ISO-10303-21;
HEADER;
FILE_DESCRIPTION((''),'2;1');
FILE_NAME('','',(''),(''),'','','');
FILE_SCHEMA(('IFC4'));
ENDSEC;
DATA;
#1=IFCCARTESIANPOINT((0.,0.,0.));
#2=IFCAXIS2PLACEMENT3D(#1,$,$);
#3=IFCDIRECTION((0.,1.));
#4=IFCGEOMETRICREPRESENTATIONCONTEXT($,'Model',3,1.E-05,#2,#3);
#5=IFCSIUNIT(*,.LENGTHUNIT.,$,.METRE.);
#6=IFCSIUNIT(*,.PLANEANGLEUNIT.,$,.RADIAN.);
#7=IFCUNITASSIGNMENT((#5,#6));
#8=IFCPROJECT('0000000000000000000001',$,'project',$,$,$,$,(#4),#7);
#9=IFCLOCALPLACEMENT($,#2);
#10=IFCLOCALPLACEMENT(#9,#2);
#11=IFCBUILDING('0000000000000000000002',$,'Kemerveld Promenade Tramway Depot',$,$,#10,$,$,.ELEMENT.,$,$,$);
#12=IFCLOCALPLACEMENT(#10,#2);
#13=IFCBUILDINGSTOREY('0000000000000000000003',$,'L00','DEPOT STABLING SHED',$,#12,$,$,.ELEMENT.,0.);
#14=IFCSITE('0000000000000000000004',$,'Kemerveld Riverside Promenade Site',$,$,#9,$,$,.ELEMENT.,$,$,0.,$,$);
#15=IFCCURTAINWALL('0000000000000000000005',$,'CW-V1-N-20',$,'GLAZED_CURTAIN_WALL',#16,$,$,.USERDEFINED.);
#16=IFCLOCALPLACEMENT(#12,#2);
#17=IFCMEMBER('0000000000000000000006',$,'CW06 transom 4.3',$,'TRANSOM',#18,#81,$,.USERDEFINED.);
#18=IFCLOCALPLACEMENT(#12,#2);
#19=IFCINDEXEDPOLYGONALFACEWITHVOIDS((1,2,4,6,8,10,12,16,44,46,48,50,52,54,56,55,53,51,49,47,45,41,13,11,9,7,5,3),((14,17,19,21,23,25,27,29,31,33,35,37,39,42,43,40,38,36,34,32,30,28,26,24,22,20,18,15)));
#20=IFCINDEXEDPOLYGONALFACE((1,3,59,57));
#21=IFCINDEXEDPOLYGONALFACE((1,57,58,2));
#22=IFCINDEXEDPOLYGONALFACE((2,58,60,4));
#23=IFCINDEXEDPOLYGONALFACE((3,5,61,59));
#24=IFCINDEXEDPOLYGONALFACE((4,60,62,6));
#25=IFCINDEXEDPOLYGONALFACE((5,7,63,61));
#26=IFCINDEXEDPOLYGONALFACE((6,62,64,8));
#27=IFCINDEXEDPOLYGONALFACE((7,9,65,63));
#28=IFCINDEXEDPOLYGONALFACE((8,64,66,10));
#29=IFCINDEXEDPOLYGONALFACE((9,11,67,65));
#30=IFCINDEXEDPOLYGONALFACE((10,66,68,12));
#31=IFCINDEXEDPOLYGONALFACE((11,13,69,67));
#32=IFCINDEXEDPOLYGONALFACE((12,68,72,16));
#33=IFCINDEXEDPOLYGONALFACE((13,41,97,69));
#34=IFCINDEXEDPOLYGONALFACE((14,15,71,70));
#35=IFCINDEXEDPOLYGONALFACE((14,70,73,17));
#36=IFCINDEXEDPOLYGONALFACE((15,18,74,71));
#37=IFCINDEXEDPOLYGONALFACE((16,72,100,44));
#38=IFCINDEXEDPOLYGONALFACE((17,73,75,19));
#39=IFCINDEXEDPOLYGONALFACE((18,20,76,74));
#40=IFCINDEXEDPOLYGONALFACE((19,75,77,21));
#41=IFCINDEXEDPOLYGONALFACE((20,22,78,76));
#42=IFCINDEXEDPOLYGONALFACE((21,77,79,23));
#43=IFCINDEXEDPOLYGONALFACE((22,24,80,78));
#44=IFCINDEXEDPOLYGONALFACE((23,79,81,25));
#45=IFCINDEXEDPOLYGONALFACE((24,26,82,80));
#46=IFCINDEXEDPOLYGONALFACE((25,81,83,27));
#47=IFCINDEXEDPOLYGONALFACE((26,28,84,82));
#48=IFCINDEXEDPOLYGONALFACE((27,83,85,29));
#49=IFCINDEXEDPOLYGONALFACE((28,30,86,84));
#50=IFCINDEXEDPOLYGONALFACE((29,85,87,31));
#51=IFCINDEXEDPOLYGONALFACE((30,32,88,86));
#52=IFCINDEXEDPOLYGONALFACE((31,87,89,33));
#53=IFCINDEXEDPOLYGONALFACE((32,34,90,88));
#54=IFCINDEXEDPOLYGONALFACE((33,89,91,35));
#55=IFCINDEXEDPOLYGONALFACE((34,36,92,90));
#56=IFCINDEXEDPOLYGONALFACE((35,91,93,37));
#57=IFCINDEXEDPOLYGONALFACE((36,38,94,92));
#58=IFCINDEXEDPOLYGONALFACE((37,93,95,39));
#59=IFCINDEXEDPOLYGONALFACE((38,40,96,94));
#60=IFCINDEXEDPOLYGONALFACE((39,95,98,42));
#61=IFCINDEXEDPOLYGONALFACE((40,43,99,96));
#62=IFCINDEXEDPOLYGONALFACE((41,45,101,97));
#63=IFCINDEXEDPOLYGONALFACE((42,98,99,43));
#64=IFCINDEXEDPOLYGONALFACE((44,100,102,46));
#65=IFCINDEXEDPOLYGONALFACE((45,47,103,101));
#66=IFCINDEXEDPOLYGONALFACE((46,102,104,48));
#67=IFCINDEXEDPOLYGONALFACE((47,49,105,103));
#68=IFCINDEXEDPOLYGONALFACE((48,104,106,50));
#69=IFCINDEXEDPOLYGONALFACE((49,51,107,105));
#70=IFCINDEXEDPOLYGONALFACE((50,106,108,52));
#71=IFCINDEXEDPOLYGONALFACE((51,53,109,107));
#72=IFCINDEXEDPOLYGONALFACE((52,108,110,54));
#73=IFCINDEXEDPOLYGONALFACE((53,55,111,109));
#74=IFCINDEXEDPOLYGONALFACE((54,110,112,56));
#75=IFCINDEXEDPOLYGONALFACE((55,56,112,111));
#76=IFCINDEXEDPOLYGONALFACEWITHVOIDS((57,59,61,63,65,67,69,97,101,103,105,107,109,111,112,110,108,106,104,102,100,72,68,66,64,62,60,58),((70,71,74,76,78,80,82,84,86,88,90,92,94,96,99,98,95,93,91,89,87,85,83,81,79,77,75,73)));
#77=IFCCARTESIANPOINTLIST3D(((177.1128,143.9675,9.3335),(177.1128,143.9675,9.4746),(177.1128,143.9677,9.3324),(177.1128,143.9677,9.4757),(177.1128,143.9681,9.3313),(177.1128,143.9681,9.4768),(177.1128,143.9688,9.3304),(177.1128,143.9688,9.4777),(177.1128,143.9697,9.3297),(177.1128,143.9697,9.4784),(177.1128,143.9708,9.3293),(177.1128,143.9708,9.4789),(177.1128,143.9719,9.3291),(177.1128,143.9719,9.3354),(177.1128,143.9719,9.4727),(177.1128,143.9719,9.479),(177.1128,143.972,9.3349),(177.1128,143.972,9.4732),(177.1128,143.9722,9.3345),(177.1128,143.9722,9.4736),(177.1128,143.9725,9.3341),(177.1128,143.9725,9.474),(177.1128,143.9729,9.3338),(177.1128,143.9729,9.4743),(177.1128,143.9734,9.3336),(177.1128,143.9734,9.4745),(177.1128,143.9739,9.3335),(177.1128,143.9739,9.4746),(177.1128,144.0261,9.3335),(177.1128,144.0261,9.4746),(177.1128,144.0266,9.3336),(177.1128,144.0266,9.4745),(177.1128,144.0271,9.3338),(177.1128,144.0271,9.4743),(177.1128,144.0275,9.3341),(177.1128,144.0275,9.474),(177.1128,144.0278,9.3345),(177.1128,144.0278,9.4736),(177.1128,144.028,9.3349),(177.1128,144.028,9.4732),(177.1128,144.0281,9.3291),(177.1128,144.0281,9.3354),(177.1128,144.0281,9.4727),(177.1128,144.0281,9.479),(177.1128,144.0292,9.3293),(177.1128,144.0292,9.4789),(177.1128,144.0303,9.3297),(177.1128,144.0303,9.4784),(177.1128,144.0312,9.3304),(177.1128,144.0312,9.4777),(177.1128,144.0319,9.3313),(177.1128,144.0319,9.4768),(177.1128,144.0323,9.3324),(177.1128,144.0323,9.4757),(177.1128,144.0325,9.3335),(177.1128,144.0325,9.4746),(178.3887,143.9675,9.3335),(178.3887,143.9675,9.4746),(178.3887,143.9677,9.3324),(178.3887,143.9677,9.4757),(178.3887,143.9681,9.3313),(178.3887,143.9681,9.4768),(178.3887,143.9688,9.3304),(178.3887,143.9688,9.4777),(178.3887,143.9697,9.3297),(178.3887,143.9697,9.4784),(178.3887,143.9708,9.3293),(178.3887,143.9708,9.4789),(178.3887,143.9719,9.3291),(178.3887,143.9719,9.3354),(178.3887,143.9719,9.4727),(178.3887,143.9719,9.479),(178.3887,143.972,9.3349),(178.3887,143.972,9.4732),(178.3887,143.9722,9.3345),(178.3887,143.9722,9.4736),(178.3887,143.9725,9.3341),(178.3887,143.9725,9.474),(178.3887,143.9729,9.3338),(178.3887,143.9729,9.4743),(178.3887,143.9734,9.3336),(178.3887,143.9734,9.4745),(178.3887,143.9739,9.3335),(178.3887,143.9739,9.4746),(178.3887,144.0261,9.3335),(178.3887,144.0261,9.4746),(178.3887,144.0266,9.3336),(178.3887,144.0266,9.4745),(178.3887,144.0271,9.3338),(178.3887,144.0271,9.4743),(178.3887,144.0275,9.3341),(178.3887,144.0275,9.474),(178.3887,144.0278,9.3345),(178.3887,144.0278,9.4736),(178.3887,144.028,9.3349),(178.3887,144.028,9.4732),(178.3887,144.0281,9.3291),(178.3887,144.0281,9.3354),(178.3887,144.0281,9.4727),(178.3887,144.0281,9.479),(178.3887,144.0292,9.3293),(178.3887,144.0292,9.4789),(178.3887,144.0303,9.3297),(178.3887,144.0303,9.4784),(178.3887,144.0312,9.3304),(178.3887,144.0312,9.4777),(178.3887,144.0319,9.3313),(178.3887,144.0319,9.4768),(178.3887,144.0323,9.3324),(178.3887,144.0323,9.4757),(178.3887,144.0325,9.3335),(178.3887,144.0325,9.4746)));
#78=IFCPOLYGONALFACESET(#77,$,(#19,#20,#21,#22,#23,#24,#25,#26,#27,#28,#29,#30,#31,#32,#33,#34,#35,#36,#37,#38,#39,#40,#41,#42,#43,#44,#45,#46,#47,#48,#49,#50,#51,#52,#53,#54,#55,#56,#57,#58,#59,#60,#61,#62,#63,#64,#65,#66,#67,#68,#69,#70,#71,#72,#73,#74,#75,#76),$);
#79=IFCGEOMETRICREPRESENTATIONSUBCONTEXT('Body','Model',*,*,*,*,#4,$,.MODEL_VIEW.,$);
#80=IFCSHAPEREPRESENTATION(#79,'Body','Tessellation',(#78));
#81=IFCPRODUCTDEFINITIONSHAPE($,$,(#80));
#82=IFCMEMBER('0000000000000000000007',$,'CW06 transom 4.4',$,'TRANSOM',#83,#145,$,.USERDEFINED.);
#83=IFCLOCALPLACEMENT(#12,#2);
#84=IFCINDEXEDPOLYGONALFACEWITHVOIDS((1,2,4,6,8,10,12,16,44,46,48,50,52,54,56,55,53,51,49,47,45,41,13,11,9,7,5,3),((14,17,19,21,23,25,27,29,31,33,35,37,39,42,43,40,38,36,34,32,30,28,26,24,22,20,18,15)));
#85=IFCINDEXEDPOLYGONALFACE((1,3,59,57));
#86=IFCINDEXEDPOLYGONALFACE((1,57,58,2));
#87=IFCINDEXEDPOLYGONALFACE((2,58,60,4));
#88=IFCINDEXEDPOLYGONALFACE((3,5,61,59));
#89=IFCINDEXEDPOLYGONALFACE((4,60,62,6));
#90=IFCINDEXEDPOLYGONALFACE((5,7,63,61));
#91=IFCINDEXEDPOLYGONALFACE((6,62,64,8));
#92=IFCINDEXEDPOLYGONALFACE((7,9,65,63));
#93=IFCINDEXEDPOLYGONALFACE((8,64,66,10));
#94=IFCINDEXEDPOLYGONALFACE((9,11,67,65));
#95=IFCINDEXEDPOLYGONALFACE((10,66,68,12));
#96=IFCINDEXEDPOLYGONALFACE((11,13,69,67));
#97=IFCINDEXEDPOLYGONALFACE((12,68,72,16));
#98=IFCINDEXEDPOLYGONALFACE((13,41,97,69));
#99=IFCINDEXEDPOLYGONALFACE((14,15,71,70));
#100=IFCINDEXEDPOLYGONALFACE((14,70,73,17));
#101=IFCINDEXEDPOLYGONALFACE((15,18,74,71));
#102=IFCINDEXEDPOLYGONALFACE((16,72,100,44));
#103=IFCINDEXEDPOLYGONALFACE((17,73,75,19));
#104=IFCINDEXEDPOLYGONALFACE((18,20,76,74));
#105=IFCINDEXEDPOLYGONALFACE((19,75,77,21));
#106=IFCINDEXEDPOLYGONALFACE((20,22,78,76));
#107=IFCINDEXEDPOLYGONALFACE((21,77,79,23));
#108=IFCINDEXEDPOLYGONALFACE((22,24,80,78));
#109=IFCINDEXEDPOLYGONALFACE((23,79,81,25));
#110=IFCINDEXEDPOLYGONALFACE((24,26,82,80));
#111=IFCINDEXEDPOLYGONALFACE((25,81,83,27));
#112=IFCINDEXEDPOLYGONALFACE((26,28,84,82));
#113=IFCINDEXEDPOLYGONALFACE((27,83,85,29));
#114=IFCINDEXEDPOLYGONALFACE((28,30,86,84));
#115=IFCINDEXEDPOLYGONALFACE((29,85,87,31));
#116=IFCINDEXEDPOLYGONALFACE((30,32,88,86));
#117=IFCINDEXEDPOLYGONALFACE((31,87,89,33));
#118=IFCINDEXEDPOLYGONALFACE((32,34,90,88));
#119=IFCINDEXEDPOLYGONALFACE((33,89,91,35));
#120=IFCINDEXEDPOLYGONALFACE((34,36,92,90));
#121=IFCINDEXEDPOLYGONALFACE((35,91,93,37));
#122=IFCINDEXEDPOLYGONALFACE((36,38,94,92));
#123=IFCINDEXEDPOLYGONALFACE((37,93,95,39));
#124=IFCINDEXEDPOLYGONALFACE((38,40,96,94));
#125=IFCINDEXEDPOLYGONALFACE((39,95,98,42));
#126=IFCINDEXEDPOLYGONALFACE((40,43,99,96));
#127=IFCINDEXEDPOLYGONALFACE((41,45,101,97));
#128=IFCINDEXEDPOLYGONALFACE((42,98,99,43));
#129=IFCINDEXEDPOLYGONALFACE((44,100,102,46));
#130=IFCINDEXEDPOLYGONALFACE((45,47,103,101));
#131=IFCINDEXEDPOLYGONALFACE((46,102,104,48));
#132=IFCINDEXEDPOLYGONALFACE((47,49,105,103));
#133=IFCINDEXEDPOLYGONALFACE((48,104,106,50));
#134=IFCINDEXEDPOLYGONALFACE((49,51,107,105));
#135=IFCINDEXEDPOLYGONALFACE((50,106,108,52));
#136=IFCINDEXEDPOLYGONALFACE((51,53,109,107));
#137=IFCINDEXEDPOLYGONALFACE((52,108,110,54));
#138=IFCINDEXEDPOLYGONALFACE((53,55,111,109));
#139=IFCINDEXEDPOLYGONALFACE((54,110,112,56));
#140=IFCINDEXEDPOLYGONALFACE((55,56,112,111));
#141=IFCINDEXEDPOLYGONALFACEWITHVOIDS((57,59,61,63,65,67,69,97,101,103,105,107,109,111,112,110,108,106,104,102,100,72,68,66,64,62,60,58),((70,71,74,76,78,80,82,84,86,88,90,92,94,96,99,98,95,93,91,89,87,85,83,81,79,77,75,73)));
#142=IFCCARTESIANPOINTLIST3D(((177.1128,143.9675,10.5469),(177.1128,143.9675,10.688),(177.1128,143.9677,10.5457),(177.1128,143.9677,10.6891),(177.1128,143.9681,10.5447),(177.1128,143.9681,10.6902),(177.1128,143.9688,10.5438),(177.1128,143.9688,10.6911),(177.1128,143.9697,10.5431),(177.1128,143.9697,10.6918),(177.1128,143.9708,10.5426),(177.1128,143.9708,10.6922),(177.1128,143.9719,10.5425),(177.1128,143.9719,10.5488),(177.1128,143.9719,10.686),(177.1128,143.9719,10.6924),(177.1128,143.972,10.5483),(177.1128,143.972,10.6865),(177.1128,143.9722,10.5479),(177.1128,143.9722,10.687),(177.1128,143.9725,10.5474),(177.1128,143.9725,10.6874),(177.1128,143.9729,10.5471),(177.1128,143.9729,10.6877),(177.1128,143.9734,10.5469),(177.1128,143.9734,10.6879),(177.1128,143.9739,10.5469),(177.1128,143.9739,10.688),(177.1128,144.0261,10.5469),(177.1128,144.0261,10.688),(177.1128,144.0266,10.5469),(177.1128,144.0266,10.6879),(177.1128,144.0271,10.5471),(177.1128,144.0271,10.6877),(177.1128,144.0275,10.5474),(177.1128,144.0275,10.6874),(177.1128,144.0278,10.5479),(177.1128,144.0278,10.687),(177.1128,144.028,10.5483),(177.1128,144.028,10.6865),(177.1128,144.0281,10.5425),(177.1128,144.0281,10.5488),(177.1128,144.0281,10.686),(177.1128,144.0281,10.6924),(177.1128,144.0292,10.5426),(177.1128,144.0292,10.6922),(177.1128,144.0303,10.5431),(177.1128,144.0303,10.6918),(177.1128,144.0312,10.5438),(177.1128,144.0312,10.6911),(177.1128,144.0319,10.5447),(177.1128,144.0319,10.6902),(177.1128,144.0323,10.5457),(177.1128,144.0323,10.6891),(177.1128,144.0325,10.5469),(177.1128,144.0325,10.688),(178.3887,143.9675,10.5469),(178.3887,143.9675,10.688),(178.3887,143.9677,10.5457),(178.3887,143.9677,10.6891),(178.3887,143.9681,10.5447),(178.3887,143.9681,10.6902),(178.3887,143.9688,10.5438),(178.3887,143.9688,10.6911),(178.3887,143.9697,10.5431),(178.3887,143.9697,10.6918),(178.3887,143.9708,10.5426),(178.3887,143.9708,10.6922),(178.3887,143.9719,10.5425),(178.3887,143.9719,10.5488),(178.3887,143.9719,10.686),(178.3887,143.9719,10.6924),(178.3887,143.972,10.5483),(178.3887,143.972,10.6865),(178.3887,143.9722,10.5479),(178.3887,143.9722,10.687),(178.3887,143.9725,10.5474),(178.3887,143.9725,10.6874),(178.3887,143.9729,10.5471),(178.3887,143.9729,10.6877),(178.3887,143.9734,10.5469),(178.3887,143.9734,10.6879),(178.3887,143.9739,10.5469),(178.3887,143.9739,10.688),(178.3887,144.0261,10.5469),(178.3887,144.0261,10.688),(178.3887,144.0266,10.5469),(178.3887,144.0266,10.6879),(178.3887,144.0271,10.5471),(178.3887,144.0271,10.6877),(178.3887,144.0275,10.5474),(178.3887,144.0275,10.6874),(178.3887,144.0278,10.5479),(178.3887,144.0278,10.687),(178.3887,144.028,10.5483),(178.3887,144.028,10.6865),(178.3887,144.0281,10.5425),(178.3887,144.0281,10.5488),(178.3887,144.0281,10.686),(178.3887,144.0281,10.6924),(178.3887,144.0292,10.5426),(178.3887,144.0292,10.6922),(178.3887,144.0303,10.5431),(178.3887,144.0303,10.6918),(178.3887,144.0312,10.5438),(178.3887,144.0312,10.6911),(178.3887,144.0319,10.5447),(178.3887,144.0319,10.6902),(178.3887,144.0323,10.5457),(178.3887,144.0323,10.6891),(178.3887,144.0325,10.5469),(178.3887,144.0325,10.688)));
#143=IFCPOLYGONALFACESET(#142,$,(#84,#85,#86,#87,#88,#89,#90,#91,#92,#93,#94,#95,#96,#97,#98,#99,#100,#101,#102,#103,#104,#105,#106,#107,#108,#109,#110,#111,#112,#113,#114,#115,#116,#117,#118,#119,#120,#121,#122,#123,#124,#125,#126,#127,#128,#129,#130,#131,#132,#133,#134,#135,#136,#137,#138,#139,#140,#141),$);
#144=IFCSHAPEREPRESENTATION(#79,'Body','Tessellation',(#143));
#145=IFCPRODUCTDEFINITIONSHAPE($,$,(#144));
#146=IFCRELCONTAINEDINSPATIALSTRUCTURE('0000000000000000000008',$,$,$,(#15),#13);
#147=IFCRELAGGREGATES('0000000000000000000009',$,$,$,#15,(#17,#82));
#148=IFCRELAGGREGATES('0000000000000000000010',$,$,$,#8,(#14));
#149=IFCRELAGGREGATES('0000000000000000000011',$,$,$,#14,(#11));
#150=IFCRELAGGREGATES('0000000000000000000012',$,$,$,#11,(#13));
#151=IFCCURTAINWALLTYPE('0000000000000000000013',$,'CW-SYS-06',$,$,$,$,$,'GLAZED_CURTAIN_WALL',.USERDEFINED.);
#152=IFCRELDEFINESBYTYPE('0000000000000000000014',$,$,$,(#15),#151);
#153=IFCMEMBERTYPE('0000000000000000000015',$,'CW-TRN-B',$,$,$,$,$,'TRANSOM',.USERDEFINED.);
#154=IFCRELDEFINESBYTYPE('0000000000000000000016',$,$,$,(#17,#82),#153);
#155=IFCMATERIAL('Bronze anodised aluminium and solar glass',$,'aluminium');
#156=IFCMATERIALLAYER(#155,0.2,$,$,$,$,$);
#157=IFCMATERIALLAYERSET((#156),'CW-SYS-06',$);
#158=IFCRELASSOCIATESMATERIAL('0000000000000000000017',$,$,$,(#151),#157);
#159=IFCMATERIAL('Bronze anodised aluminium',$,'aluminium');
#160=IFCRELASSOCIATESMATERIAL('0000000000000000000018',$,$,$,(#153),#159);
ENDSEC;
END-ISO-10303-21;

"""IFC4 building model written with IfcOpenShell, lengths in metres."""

from ifc_helpers import new_model, si_unit, direction, frame, origin, origin_2d, place, context, subcontext, project, spatial, hollow_rectangle, extrude, material, layer, layer_set, material_profile, profile_set, type_object, element, aggregate, save


model = new_model("IFC4")

# Units and contexts
model_context = context("Model", 3, precision=1e-05, world=origin(), true_north=direction((0.0, 1.0)))
body_context = subcontext(model_context, "Body", "Model", "MODEL_VIEW")
ifc_project = project(units=[si_unit("LENGTHUNIT", "METRE"), si_unit("PLANEANGLEUNIT", "RADIAN")], contexts=[model_context])

# Site, building, storey
site_placement = place(None, origin())
site = spatial("IfcSite", under=ifc_project, at=site_placement, Name="Kemerveld Riverside Promenade Site", CompositionType="ELEMENT", RefElevation=0.0)
building_placement = place(site_placement, origin())
building = spatial("IfcBuilding", under=site, at=building_placement, Name="Kemerveld Promenade Tramway Depot", CompositionType="ELEMENT")
storey_placement = place(building_placement, origin())
storey = spatial("IfcBuildingStorey", under=building, at=storey_placement, Name="L00", Description="DEPOT STABLING SHED", CompositionType="ELEMENT", Elevation=0.0)

# Curtain wall, members
ifc_material_1 = material(Name="Bronze anodised aluminium and solar glass", Category="aluminium")
ifc_material_2 = material(Name="Bronze anodised aluminium", Category="aluminium")
ifc_layer_1 = layer(ifc_material_1, 0.2)
ifc_layer_set_1 = layer_set([ifc_layer_1], Name="CW-SYS-06")
curtain_wall_type_1 = type_object("IfcCurtainWallType", Name="CW-SYS-06", ElementType="GLAZED_CURTAIN_WALL", PredefinedType="USERDEFINED", material=ifc_layer_set_1)
curtain_wall_1_placement = place(storey_placement, origin())
curtain_wall_1 = element("IfcCurtainWall", 1, at=curtain_wall_1_placement, inside=storey, type_object=curtain_wall_type_1, Name="CW-V1-N-20", ObjectType="GLAZED_CURTAIN_WALL", PredefinedType="USERDEFINED")
ifc_material_profile_1 = material_profile(ifc_material_2, hollow_rectangle(XDim=0.0649, YDim=0.1499, WallThickness=0.0044, InnerFilletRadius=0.002, OuterFilletRadius=0.0044, at=origin_2d()), Name="CW-TRN-150x65")
ifc_profile_set_1 = profile_set([ifc_material_profile_1], Name="Bronze anodised aluminium")
member_type_1 = type_object("IfcMemberType", Name="CW-TRN-B", ElementType="TRANSOM", PredefinedType="USERDEFINED", material=ifc_profile_set_1)
member_1_placement = place(storey_placement, frame((177.1128, 144.0, 9.4041), z_axis=(1.0, 0.0, 0.0), x_axis=(0.0, 1.0, 0.0)))
member_1 = element("IfcMember", 2, at=member_1_placement, type_object=member_type_1, Name="CW06 transom 4.3", ObjectType="TRANSOM", PredefinedType="USERDEFINED", context=body_context, shape_type="SweptSolid", body=[
    extrude(hollow_rectangle(XDim=0.0649, YDim=0.1499, WallThickness=0.0044, InnerFilletRadius=0.002, OuterFilletRadius=0.0044, at=origin_2d()), origin(), (0.0, 0.0, 1.0), 1.2759),
])
member_2_placement = place(storey_placement, frame((177.1128, 144.0, 10.6174), z_axis=(1.0, 0.0, 0.0), x_axis=(0.0, 1.0, 0.0)))
member_2 = element("IfcMember", 3, at=member_2_placement, type_object=member_type_1, Name="CW06 transom 4.4", ObjectType="TRANSOM", PredefinedType="USERDEFINED", context=body_context, shape_type="SweptSolid", body=[
    extrude(hollow_rectangle(XDim=0.0649, YDim=0.1499, WallThickness=0.0044, InnerFilletRadius=0.002, OuterFilletRadius=0.0044, at=origin_2d()), origin(), (0.0, 0.0, 1.0), 1.2759),
])

aggregate(curtain_wall_1, [member_1, member_2])

save(model, "model.ifc")
